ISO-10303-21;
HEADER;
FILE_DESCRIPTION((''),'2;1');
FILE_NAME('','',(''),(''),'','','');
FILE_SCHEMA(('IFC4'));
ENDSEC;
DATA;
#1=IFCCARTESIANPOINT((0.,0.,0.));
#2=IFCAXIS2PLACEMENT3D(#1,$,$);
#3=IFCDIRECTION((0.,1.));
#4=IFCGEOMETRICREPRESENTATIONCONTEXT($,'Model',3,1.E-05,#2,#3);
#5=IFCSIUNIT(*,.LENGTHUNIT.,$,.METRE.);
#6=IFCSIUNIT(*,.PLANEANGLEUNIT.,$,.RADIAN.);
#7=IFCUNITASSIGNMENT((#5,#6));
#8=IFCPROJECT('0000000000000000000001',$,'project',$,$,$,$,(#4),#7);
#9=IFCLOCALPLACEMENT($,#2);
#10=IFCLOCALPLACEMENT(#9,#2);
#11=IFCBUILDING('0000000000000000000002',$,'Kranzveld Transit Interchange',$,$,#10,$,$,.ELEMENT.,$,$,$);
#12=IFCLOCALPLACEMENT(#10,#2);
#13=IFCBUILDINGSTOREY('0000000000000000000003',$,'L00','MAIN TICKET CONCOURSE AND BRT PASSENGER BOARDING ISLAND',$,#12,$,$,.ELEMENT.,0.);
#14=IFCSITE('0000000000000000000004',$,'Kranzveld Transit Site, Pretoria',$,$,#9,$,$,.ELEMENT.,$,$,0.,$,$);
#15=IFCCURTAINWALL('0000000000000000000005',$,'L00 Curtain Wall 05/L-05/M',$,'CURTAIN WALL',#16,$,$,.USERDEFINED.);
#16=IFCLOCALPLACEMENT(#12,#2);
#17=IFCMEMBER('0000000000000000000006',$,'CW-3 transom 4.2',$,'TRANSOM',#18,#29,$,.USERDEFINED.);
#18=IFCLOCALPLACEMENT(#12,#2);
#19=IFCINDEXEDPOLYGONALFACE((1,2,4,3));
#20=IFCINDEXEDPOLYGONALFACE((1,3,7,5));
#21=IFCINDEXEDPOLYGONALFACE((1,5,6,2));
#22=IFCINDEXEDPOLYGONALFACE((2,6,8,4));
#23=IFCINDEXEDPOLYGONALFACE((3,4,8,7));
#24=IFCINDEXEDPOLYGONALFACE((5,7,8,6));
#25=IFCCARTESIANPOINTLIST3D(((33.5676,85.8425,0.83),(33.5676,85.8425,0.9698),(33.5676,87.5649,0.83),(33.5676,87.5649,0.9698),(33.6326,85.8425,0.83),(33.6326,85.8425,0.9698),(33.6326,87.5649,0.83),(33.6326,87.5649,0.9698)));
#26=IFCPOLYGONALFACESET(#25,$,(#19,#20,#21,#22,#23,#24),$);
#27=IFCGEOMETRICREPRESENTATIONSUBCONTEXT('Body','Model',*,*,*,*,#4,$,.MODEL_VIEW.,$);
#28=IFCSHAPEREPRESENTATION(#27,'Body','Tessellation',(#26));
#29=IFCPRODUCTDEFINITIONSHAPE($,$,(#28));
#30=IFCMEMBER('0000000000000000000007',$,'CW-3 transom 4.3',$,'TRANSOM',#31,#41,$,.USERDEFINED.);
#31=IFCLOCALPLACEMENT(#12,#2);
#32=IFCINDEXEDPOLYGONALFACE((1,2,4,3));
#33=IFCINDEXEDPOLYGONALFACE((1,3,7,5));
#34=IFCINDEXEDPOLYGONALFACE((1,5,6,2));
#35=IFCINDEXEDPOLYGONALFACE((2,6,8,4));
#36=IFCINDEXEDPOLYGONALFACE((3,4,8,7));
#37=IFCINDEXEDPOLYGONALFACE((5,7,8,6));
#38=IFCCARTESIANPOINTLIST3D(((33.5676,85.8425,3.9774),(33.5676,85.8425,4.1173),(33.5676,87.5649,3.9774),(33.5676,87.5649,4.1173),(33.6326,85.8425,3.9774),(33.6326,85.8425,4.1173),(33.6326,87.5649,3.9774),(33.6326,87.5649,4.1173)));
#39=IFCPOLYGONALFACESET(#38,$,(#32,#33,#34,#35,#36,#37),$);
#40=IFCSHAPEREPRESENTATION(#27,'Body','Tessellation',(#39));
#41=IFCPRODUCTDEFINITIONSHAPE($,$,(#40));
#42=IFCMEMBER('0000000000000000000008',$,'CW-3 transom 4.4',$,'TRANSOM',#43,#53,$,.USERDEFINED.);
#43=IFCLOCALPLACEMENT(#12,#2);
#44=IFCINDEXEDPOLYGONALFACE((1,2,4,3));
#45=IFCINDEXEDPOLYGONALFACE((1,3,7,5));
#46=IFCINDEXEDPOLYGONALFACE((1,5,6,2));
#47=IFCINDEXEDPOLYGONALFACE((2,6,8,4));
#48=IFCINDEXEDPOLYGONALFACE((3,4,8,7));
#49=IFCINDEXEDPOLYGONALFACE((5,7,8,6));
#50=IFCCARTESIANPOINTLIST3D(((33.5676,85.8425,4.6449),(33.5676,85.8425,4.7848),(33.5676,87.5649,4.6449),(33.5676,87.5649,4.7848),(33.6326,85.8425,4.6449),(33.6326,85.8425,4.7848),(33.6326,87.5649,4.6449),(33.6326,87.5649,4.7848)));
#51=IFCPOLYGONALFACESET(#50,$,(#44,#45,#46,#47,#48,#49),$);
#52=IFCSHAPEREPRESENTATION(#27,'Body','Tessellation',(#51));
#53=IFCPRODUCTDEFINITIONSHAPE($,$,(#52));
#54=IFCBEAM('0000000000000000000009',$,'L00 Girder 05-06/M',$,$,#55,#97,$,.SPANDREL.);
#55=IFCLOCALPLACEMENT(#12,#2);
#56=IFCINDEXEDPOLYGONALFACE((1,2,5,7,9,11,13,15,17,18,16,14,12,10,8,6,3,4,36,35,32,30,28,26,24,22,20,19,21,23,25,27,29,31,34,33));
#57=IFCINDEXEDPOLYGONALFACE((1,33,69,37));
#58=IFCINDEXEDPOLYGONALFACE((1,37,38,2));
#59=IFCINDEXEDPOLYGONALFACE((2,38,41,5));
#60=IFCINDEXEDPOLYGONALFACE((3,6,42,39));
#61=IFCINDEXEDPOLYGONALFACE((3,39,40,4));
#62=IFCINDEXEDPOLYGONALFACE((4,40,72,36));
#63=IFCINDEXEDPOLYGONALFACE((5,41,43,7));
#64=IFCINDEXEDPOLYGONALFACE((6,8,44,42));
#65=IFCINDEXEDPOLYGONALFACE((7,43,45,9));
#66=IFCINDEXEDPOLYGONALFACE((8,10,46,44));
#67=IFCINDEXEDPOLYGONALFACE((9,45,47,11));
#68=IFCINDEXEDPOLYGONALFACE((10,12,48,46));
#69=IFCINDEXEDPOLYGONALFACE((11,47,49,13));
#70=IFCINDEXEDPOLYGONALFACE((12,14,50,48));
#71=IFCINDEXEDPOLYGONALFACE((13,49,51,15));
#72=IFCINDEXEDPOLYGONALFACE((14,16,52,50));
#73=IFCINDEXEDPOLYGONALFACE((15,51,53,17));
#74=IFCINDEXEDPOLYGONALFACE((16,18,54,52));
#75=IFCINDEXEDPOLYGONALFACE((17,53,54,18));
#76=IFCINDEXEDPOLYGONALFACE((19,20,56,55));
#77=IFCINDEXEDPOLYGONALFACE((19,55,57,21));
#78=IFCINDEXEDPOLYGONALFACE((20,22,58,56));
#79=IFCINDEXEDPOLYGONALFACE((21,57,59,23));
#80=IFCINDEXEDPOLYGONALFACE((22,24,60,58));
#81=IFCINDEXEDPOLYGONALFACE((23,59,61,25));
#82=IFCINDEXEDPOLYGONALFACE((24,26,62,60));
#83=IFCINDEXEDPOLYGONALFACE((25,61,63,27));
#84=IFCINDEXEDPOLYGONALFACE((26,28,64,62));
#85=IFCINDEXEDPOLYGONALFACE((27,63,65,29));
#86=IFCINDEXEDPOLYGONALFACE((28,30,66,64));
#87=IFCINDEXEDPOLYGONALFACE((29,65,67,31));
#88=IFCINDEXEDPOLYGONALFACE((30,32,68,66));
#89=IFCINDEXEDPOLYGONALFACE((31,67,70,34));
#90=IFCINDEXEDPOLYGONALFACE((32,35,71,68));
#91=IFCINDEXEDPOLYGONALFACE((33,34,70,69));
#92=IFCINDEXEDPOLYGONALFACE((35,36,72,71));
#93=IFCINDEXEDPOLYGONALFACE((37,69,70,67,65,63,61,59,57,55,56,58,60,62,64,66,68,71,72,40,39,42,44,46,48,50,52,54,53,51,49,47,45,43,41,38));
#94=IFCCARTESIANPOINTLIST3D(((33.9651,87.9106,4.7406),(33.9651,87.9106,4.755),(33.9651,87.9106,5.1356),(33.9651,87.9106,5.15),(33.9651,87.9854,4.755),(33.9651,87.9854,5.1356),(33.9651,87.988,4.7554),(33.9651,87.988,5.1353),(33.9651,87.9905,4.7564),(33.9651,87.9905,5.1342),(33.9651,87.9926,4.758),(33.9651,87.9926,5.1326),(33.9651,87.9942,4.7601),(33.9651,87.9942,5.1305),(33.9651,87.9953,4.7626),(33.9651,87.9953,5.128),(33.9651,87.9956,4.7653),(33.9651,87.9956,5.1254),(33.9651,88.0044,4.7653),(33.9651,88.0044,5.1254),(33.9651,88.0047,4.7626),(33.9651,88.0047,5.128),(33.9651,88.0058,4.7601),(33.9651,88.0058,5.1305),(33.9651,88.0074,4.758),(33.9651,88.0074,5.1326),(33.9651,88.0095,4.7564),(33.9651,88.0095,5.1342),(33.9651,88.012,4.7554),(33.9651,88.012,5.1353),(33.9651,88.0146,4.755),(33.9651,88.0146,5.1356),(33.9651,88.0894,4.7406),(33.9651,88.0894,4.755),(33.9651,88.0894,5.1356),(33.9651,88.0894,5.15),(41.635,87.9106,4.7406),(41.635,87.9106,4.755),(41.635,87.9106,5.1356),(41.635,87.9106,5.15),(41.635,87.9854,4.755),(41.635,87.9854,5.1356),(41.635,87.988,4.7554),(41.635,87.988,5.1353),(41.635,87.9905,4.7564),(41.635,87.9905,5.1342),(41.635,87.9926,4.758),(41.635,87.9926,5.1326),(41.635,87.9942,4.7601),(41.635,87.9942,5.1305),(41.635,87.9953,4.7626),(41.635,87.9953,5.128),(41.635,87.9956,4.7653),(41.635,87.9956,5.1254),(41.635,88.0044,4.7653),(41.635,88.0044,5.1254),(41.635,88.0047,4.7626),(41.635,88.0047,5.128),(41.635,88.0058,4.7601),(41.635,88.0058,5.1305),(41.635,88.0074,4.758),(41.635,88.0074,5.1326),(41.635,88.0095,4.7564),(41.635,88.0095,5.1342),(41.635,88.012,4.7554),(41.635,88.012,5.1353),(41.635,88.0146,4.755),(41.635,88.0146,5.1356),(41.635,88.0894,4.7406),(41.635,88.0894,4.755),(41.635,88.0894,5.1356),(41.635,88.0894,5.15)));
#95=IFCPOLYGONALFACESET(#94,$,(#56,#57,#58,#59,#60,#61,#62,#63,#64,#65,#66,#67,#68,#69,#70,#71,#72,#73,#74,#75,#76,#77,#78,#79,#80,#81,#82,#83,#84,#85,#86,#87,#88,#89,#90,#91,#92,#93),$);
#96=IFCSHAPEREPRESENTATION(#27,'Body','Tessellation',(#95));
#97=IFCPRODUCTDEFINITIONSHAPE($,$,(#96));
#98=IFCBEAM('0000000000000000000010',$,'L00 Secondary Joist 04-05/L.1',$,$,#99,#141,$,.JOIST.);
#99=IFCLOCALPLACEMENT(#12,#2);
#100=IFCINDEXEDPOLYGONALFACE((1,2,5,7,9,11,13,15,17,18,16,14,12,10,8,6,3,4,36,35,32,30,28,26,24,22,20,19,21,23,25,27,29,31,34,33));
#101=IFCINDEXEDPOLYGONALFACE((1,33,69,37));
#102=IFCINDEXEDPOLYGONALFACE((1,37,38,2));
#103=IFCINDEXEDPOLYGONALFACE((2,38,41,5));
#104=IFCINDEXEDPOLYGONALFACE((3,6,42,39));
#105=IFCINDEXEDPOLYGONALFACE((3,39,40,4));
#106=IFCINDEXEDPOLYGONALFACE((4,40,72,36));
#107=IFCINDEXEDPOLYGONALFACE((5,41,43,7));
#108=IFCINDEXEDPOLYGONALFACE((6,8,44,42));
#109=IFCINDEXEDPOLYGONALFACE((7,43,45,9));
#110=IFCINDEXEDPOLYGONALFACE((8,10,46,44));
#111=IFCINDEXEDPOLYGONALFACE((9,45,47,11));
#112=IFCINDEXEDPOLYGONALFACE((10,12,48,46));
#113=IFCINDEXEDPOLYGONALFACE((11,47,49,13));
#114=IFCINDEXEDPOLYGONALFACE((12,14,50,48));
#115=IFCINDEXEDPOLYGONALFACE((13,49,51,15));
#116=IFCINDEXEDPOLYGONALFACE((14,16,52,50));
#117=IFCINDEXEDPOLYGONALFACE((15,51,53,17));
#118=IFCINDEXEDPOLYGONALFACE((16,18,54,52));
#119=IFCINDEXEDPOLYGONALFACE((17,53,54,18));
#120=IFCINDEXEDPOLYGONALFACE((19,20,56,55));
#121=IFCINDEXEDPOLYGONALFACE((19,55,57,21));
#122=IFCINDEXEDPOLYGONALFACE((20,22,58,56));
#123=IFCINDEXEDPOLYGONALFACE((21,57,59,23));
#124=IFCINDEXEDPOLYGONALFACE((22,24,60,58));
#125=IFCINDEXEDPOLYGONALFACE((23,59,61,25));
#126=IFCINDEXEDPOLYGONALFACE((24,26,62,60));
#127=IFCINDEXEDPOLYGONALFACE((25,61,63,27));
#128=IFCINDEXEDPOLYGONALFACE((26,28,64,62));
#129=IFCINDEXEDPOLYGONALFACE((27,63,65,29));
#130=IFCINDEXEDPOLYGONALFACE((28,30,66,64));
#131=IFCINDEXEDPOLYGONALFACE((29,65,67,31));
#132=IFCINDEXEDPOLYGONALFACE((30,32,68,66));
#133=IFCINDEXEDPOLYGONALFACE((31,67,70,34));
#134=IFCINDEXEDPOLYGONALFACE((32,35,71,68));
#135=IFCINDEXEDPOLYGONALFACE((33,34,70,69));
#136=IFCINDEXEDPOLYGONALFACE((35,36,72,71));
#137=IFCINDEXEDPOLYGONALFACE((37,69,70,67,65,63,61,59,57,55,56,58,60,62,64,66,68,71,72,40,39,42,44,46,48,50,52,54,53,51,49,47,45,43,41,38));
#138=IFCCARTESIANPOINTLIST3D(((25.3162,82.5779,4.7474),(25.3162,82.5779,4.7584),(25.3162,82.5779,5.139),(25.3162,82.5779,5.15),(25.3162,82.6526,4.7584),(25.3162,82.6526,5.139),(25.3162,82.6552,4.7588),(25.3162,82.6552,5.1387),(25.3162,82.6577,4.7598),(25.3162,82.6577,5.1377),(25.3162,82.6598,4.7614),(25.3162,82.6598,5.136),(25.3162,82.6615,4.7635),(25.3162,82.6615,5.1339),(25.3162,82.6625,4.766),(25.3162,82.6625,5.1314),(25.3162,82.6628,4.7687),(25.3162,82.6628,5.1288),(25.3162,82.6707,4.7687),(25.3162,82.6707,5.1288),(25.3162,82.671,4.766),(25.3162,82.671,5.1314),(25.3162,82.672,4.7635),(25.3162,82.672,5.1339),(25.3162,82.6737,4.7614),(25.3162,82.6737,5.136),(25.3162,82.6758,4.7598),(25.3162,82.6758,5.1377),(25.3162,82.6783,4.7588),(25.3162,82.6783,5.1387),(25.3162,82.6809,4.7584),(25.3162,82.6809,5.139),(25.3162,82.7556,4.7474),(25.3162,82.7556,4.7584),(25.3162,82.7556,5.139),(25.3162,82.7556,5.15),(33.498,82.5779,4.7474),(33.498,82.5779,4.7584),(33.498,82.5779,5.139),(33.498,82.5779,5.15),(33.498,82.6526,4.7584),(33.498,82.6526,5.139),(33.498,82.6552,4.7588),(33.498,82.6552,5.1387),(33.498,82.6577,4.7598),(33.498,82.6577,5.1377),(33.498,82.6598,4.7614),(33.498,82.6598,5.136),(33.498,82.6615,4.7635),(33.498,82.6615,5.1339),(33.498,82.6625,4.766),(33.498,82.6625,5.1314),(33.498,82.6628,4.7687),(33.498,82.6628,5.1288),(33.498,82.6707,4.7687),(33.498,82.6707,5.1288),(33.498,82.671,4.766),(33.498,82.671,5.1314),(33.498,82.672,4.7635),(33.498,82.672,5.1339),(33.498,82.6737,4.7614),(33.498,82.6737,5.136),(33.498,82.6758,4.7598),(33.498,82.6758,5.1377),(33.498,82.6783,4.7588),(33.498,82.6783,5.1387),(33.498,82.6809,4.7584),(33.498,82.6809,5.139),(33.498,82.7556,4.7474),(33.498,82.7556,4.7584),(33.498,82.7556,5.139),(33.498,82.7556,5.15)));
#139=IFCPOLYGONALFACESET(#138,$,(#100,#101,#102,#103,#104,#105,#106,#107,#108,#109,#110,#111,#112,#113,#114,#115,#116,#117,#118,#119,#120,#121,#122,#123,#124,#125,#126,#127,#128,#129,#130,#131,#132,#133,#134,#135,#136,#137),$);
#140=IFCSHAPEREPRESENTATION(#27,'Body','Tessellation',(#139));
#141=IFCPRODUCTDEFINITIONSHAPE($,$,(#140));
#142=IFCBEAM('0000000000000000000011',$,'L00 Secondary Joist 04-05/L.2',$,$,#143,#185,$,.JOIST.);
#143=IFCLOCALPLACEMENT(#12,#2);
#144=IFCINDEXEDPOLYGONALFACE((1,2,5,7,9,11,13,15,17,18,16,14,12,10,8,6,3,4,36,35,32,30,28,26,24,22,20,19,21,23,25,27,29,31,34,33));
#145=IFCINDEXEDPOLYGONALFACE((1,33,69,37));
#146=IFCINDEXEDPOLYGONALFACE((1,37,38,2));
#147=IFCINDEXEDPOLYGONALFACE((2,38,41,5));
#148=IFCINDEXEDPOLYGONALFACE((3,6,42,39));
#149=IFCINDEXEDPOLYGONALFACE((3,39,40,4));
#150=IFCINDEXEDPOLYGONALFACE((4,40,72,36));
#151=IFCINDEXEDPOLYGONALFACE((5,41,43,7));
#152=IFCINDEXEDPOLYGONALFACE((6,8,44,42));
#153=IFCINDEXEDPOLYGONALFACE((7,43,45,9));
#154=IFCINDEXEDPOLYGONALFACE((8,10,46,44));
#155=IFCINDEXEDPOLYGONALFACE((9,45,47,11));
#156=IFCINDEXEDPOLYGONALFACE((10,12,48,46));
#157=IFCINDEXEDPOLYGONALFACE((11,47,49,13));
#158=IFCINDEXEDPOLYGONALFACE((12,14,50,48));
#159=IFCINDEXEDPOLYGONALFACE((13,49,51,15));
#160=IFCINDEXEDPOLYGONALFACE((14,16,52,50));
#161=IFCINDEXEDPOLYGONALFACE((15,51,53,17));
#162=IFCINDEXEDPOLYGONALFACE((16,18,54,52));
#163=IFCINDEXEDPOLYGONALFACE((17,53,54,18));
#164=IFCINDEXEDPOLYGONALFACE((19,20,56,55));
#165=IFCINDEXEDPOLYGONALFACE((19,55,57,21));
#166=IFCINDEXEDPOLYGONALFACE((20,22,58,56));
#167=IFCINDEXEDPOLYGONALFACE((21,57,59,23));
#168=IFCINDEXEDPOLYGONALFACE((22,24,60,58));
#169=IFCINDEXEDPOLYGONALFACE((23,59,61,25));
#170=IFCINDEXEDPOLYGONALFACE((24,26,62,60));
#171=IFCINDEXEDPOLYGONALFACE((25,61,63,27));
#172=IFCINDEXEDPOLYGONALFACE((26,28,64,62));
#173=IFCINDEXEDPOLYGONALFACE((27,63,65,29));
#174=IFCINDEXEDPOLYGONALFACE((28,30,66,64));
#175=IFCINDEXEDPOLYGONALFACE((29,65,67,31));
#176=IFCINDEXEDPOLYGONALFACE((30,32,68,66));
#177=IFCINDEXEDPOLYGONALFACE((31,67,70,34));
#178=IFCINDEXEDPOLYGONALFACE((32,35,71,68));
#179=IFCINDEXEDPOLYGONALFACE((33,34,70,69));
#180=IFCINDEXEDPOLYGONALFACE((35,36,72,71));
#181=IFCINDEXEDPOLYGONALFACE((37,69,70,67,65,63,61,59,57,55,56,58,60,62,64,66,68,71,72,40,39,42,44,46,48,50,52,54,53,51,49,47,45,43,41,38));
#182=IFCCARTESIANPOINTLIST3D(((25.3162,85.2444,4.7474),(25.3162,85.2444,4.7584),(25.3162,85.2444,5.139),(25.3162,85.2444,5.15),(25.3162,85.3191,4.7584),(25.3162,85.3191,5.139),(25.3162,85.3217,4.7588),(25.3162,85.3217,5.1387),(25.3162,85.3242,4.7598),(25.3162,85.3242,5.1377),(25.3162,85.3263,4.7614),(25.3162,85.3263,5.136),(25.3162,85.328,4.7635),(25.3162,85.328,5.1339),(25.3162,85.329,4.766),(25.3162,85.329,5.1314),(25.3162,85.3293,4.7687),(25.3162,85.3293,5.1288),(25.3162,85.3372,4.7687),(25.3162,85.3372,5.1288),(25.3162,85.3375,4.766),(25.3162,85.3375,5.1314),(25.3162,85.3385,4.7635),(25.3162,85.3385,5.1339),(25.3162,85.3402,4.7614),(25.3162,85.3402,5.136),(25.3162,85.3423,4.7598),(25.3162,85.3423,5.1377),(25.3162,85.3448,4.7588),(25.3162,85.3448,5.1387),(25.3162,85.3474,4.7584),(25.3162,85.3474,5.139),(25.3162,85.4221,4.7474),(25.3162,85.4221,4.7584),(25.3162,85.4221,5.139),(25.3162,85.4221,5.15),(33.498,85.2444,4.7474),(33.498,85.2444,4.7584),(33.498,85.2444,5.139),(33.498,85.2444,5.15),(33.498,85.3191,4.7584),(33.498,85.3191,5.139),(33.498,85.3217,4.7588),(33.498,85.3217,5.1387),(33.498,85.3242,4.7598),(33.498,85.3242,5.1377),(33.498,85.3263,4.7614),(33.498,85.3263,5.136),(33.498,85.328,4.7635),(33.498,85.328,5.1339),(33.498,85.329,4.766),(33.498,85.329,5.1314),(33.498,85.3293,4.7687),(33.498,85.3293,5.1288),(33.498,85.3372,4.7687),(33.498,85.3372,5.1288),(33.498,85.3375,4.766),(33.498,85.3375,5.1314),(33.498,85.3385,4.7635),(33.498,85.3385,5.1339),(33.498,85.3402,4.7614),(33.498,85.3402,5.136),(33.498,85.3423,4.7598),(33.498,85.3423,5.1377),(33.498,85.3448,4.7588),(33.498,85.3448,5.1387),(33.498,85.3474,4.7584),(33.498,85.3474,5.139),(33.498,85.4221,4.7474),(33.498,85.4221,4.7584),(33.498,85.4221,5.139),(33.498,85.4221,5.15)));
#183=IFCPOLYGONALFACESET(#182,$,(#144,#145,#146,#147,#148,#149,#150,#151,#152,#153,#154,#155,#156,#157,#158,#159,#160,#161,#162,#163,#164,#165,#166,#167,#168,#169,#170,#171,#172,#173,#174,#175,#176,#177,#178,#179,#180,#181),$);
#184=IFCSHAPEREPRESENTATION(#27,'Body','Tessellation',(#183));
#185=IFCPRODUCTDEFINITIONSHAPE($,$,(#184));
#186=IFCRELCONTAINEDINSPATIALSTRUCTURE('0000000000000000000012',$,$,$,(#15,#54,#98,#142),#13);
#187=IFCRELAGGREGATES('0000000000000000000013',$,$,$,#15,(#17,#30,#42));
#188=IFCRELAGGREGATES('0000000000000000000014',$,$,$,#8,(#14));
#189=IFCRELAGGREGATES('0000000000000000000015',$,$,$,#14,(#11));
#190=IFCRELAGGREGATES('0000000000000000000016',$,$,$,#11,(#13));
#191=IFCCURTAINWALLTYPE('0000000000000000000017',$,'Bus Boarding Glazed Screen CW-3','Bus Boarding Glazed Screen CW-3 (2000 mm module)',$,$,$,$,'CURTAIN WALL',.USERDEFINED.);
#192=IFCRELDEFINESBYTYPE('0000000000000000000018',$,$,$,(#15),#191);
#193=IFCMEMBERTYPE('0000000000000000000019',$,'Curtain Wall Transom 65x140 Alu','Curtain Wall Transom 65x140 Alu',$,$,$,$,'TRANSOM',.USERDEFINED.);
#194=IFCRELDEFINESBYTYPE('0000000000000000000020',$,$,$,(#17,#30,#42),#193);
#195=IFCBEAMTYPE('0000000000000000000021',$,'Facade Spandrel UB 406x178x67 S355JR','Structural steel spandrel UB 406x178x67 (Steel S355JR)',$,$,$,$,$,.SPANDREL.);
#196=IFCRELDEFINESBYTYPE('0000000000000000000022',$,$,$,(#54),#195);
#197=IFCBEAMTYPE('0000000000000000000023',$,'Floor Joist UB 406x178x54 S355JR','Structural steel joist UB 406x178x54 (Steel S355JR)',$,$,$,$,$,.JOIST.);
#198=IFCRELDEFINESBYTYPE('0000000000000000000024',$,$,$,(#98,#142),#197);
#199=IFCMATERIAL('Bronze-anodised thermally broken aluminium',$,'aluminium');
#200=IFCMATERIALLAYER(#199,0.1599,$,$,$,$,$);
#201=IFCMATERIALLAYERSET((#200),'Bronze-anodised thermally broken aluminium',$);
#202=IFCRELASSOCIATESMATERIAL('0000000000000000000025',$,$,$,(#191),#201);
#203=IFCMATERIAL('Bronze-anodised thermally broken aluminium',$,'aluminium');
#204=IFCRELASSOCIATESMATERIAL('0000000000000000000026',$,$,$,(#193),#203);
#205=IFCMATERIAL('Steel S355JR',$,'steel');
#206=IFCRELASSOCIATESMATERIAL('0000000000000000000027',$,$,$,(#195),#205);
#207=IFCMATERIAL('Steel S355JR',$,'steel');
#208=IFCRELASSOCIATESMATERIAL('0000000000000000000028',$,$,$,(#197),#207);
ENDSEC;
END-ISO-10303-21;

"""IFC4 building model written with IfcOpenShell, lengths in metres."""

from ifc_helpers import new_model, si_unit, direction, frame, origin, origin_2d, place, context, subcontext, project, spatial, rectangle, i_section, extrude, material, layer, layer_set, material_profile, profile_set, type_object, element, aggregate, save


model = new_model("IFC4")

# Units and contexts
model_context = context("Model", 3, precision=1e-05, world=origin(), true_north=direction((0.0, 1.0)))
body_context = subcontext(model_context, "Body", "Model", "MODEL_VIEW")
ifc_project = project(units=[si_unit("LENGTHUNIT", "METRE"), si_unit("PLANEANGLEUNIT", "RADIAN")], contexts=[model_context])

# Site, building, storey
site_placement = place(None, origin())
site = spatial("IfcSite", under=ifc_project, at=site_placement, Name="Kranzveld Transit Site, Pretoria", CompositionType="ELEMENT", RefElevation=0.0)
building_placement = place(site_placement, origin())
building = spatial("IfcBuilding", under=site, at=building_placement, Name="Kranzveld Transit Interchange", CompositionType="ELEMENT")
storey_placement = place(building_placement, origin())
storey = spatial("IfcBuildingStorey", under=building, at=storey_placement, Name="L00", Description="MAIN TICKET CONCOURSE AND BRT PASSENGER BOARDING ISLAND", CompositionType="ELEMENT", Elevation=0.0)

# Shared definitions
ifc_material_1 = material(Name="Bronze-anodised thermally broken aluminium", Category="aluminium")
ifc_layer_1 = layer(ifc_material_1, 0.1599)
ifc_layer_set_1 = layer_set([ifc_layer_1], Name="Bronze-anodised thermally broken aluminium")
curtain_wall_type = type_object("IfcCurtainWallType", Name="Bus Boarding Glazed Screen CW-3", Description="Bus Boarding Glazed Screen CW-3 (2000 mm module)", ElementType="CURTAIN WALL", PredefinedType="USERDEFINED", material=ifc_layer_set_1)

# Curtain wall
curtain_wall_1_placement = place(storey_placement, origin())
curtain_wall_1 = element("IfcCurtainWall", 1, at=curtain_wall_1_placement, inside=storey, type_object=curtain_wall_type, Name="L00 Curtain Wall 05/L-05/M", ObjectType="CURTAIN WALL", PredefinedType="USERDEFINED")

# Members
ifc_material_2 = material(Name="Bronze-anodised thermally broken aluminium", Category="aluminium")
ifc_material_profile_1 = material_profile(ifc_material_2, rectangle(XDim=0.0649, YDim=0.1399, at=origin_2d()), Name="ALU TRANSOM 65x140")
ifc_profile_set_1 = profile_set([ifc_material_profile_1], Name="Bronze-anodised thermally broken aluminium")
member_type_1 = type_object("IfcMemberType", Name="Curtain Wall Transom 65x140 Alu", Description="Curtain Wall Transom 65x140 Alu", ElementType="TRANSOM", PredefinedType="USERDEFINED", material=ifc_profile_set_1)
member_1_placement = place(storey_placement, frame((33.6001, 85.8425, 0.8999), z_axis=(0.0, 1.0, 0.0), x_axis=(-1.0, 0.0, 0.0)))
member_1 = element("IfcMember", 2, at=member_1_placement, type_object=member_type_1, Name="CW-3 transom 4.2", ObjectType="TRANSOM", PredefinedType="USERDEFINED", context=body_context, shape_type="SweptSolid", body=[
    extrude(rectangle(XDim=0.0649, YDim=0.1399, at=origin_2d()), origin(), (0.0, 0.0, 1.0), 1.7224),
])
member_2_placement = place(storey_placement, frame((33.6001, 85.8425, 4.0474), z_axis=(0.0, 1.0, 0.0), x_axis=(-1.0, 0.0, 0.0)))
member_2 = element("IfcMember", 3, at=member_2_placement, type_object=member_type_1, Name="CW-3 transom 4.3", ObjectType="TRANSOM", PredefinedType="USERDEFINED", context=body_context, shape_type="SweptSolid", body=[
    extrude(rectangle(XDim=0.0649, YDim=0.1399, at=origin_2d()), origin(), (0.0, 0.0, 1.0), 1.7224),
])
member_3_placement = place(storey_placement, frame((33.6001, 85.8425, 4.7148), z_axis=(0.0, 1.0, 0.0), x_axis=(-1.0, 0.0, 0.0)))
member_3 = element("IfcMember", 4, at=member_3_placement, type_object=member_type_1, Name="CW-3 transom 4.4", ObjectType="TRANSOM", PredefinedType="USERDEFINED", context=body_context, shape_type="SweptSolid", body=[
    extrude(rectangle(XDim=0.0649, YDim=0.1399, at=origin_2d()), origin(), (0.0, 0.0, 1.0), 1.7224),
])

# Beams
ifc_material_3 = material(Name="Steel S355JR", Category="steel")
ifc_material_profile_2 = material_profile(ifc_material_3, i_section(OverallWidth=0.1787, OverallDepth=0.4094, WebThickness=0.0088, FlangeThickness=0.0144, FilletRadius=0.0103, at=origin_2d()), Name="UB 406x178x67")
ifc_profile_set_2 = profile_set([ifc_material_profile_2], Name="Steel S355JR")
beam_type_1 = type_object("IfcBeamType", Name="Facade Spandrel UB 406x178x67 S355JR", Description="Structural steel spandrel UB 406x178x67 (Steel S355JR)", PredefinedType="SPANDREL", material=ifc_profile_set_2)
beam_1_placement = place(storey_placement, frame((33.9651, 88.0, 4.9453), z_axis=(1.0, 0.0, 0.0), x_axis=(0.0, 1.0, 0.0)))
element("IfcBeam", 5, at=beam_1_placement, inside=storey, type_object=beam_type_1, Name="L00 Girder 05-06/M", PredefinedType="SPANDREL", context=body_context, shape_type="SweptSolid", body=[
    extrude(i_section(OverallWidth=0.1787, OverallDepth=0.4094, WebThickness=0.0088, FlangeThickness=0.0144, FilletRadius=0.0103, at=origin_2d()), origin(), (0.0, 0.0, 1.0), 7.6699),
])
ifc_material_4 = material(Name="Steel S355JR", Category="steel")
ifc_material_profile_3 = material_profile(ifc_material_4, i_section(OverallWidth=0.1777, OverallDepth=0.4026, WebThickness=0.0078, FlangeThickness=0.011, FilletRadius=0.0103, at=origin_2d()), Name="UB 406x178x54")
ifc_profile_set_3 = profile_set([ifc_material_profile_3], Name="Steel S355JR")
beam_type_2 = type_object("IfcBeamType", Name="Floor Joist UB 406x178x54 S355JR", Description="Structural steel joist UB 406x178x54 (Steel S355JR)", PredefinedType="JOIST", material=ifc_profile_set_3)
for number, where, z_axis, x_axis, name in (
    (6, (25.3162, 82.6667, 4.9487), (1.0, 0.0, 0.0), (0.0, 1.0, 0.0), "L00 Secondary Joist 04-05/L.1"),
    (7, (25.3162, 85.3333, 4.9487), (1.0, 0.0, 0.0), (0.0, 1.0, 0.0), "L00 Secondary Joist 04-05/L.2"),
):
    element("IfcBeam", number, at=place(storey_placement, frame(where, z_axis=z_axis, x_axis=x_axis)), inside=storey, type_object=beam_type_2, Name=name, PredefinedType="JOIST", context=body_context, shape_type="SweptSolid", body=[
        extrude(i_section(OverallWidth=0.1777, OverallDepth=0.4026, WebThickness=0.0078, FlangeThickness=0.011, FilletRadius=0.0103, at=origin_2d()), origin(), (0.0, 0.0, 1.0), 8.1819),
    ])

aggregate(curtain_wall_1, [member_1, member_2, member_3])

save(model, "model.ifc")
